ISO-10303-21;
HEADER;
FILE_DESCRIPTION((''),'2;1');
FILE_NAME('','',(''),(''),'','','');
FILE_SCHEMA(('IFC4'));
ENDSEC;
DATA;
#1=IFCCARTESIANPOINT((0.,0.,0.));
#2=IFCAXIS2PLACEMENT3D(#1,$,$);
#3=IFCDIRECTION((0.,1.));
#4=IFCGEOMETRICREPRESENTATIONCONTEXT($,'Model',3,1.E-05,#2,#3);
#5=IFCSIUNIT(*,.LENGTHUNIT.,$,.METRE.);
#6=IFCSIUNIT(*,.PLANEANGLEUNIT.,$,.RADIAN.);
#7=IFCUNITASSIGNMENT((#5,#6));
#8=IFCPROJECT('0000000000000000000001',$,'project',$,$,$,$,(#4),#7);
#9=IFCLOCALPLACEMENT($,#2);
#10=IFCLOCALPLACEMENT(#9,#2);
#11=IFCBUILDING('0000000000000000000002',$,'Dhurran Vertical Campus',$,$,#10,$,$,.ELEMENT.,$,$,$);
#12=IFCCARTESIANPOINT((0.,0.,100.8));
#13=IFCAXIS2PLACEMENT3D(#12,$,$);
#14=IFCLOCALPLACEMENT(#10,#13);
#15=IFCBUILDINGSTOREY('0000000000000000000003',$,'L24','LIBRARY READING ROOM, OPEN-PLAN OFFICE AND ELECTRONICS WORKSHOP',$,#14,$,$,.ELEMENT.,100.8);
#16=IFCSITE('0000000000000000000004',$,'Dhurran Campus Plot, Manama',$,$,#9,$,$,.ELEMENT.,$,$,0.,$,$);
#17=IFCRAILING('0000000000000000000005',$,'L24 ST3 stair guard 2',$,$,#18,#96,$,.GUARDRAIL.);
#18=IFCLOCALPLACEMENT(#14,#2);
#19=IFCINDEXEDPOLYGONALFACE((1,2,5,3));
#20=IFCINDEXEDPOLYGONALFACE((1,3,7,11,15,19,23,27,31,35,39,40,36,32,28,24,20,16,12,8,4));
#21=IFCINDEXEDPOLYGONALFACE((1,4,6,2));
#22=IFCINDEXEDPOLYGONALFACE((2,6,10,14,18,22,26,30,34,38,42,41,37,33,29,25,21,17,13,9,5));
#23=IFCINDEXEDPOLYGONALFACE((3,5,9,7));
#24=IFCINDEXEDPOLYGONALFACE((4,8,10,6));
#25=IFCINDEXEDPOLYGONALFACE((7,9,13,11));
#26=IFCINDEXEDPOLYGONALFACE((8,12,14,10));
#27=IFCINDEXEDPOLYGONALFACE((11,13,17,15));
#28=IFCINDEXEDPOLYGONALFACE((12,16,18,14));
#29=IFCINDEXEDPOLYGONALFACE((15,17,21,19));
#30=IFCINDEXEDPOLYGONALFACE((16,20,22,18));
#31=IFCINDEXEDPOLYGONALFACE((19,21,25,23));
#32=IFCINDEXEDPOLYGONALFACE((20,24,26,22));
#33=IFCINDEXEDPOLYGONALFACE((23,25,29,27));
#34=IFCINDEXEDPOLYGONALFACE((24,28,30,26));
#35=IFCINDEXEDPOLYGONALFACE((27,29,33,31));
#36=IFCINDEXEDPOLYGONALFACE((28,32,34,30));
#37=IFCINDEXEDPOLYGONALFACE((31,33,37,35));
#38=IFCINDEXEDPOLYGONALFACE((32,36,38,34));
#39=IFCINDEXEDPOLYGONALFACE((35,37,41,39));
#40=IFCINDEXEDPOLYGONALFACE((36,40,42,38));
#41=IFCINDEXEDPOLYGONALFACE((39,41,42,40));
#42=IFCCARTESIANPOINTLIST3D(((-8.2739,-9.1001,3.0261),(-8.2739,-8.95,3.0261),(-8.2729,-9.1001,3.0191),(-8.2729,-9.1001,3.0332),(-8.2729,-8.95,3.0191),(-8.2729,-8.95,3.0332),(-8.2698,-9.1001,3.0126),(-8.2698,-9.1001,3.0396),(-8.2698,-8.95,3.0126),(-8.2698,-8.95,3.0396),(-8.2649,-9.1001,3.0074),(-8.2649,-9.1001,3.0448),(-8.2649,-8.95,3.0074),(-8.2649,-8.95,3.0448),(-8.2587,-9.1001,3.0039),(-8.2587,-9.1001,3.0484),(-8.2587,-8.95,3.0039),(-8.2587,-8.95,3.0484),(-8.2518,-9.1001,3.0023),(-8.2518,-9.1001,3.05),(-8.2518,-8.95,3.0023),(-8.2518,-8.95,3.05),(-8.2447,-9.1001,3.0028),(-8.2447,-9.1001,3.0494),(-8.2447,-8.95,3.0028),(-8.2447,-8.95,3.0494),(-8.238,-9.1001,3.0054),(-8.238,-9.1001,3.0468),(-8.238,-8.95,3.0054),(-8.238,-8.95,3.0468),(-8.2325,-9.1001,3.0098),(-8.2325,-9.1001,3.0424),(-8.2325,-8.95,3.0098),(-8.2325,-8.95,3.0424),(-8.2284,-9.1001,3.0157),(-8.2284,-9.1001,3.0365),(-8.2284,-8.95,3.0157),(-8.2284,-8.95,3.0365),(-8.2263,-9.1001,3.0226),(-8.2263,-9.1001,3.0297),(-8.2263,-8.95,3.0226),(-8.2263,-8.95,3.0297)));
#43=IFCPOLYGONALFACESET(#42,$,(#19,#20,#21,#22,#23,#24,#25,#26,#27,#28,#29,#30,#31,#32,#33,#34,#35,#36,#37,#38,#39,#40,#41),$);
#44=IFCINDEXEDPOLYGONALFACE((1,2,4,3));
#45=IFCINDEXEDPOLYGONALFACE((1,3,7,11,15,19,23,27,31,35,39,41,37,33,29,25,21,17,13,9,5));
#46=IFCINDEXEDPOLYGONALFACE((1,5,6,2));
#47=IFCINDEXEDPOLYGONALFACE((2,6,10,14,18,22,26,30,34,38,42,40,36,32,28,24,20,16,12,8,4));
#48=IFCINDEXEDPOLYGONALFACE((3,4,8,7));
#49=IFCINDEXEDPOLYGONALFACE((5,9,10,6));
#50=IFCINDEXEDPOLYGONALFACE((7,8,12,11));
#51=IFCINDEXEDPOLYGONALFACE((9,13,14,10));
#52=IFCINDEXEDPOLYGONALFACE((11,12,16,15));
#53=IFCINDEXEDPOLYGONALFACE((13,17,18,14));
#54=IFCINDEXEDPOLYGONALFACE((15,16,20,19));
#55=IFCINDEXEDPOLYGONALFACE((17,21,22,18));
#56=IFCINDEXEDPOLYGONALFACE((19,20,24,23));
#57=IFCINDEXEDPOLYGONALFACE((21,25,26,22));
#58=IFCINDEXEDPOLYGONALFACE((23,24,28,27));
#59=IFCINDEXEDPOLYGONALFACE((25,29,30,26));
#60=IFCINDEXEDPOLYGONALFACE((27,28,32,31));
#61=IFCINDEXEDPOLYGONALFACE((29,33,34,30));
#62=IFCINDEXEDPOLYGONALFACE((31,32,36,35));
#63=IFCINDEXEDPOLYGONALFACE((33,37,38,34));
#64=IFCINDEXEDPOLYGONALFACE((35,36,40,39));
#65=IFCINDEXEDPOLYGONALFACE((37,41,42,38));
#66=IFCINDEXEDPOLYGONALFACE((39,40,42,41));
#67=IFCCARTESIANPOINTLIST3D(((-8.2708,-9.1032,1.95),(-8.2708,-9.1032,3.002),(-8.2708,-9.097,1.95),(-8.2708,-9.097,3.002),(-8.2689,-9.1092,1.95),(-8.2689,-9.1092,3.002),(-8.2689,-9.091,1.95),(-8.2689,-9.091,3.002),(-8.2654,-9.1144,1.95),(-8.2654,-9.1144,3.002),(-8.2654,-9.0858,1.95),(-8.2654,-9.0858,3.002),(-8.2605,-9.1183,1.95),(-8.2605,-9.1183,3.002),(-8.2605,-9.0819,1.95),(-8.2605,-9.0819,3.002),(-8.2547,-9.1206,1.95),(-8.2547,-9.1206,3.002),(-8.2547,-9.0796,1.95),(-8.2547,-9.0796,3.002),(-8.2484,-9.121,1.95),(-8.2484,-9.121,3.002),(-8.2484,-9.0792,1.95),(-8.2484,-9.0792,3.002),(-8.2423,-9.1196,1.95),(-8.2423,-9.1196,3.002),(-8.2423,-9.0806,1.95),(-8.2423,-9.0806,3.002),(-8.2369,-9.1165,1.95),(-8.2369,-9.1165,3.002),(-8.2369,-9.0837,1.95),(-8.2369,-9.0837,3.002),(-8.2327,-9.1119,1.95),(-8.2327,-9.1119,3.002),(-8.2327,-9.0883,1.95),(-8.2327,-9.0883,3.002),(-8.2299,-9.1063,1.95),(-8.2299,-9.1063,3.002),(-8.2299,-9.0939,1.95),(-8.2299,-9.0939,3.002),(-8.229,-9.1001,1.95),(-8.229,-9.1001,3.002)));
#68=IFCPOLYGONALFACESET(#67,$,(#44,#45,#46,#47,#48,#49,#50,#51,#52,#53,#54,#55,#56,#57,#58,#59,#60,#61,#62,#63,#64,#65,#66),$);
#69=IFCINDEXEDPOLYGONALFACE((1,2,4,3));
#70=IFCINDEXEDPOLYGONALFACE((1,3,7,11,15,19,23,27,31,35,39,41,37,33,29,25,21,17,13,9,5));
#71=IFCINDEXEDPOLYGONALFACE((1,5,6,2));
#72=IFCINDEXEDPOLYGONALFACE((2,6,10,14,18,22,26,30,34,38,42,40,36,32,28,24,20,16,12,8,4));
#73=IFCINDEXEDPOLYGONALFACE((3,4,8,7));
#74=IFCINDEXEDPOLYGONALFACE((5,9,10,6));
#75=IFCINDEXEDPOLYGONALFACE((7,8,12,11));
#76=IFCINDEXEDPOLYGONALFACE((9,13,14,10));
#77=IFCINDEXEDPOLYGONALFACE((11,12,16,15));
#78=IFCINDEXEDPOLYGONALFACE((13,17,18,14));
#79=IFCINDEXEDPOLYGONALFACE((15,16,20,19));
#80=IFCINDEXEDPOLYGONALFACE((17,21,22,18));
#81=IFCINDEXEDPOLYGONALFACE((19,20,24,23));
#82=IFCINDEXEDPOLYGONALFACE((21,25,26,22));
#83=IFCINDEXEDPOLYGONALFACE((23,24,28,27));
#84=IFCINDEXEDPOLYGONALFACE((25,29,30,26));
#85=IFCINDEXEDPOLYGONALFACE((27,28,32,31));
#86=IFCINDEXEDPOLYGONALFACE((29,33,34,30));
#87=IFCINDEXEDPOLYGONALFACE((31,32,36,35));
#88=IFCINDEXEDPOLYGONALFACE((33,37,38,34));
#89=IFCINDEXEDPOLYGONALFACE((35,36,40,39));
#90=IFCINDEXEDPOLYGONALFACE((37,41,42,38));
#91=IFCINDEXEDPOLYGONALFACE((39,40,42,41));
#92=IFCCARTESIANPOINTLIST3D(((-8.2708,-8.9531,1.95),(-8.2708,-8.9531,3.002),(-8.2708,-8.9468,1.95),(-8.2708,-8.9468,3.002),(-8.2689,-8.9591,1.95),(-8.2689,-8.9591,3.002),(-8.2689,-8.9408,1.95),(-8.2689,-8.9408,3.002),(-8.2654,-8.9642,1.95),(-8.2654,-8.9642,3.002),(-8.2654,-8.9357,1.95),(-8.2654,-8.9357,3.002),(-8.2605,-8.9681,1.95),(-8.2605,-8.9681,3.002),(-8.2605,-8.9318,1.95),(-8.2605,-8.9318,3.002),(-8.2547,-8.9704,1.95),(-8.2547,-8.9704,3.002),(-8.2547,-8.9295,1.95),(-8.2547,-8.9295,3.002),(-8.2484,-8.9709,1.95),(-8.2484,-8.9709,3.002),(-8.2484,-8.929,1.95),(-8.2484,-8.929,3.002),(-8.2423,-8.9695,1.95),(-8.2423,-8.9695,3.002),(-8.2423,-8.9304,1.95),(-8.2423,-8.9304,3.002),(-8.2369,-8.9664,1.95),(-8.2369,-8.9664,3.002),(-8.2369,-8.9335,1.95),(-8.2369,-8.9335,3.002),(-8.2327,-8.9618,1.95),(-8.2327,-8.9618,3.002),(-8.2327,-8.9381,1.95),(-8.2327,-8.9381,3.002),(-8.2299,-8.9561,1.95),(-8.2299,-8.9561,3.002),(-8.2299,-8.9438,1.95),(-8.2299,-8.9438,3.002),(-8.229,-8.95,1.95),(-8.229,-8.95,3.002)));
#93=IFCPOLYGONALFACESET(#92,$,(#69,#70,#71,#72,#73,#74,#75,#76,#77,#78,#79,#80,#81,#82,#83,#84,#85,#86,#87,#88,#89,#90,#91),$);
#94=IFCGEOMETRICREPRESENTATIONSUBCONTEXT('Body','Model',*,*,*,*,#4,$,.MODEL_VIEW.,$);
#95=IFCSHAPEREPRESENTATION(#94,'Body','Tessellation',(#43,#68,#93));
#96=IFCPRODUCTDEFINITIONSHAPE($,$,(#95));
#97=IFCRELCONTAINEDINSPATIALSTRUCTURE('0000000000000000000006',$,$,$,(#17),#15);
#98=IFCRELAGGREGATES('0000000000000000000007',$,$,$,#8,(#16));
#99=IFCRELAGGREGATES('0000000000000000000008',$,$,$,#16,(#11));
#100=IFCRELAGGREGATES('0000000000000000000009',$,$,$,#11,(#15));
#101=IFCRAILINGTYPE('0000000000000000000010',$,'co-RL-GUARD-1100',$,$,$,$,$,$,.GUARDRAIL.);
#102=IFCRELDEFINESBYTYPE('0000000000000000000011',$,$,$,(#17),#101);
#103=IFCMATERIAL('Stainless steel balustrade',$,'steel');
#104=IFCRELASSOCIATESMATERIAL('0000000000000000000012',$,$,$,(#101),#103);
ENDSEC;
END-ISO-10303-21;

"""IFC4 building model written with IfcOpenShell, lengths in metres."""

from ifc_helpers import new_model, si_unit, direction, frame, origin, origin_2d, place, context, subcontext, project, spatial, circle, extrude, material, type_object, element, save


model = new_model("IFC4")

# Units and contexts
model_context = context("Model", 3, precision=1e-05, world=origin(), true_north=direction((0.0, 1.0)))
body_context = subcontext(model_context, "Body", "Model", "MODEL_VIEW")
ifc_project = project(units=[si_unit("LENGTHUNIT", "METRE"), si_unit("PLANEANGLEUNIT", "RADIAN")], contexts=[model_context])

# Site, building, storey
site_placement = place(None, origin())
site = spatial("IfcSite", under=ifc_project, at=site_placement, Name="Dhurran Campus Plot, Manama", CompositionType="ELEMENT", RefElevation=0.0)
building_placement = place(site_placement, origin())
building = spatial("IfcBuilding", under=site, at=building_placement, Name="Dhurran Vertical Campus", CompositionType="ELEMENT")
storey_placement = place(building_placement, frame((0.0, 0.0, 100.8)))
storey = spatial("IfcBuildingStorey", under=building, at=storey_placement, Name="L24", Description="LIBRARY READING ROOM, OPEN-PLAN OFFICE AND ELECTRONICS WORKSHOP", CompositionType="ELEMENT", Elevation=100.8)

# Railing
ifc_material_1 = material(Name="Stainless steel balustrade", Category="steel")
railing_type_1 = type_object("IfcRailingType", Name="co-RL-GUARD-1100", PredefinedType="GUARDRAIL", material=ifc_material_1)
railing_1_placement = place(storey_placement, frame((-8.25, -9.1001, 1.95)))
element("IfcRailing", 1, at=railing_1_placement, inside=storey, type_object=railing_type_1, Name="L24 ST3 stair guard 2", PredefinedType="GUARDRAIL", context=body_context, shape_type="SweptSolid", body=[
    extrude(circle(Radius=0.0239, at=origin_2d()), frame((0.0, 0.0, 1.0762), z_axis=(0.0, 1.0, 0.0), x_axis=(-1.0, 0.0, 0.0)), (0.0, 0.0, 1.0), 0.1501),
    extrude(circle(Radius=0.021, at=origin_2d()), origin(), (0.0, 0.0, 1.0), 1.052),
    extrude(circle(Radius=0.021, at=origin_2d()), frame((0.0, 0.1501, 0.0)), (0.0, 0.0, 1.0), 1.052),
])

save(model, "model.ifc")
